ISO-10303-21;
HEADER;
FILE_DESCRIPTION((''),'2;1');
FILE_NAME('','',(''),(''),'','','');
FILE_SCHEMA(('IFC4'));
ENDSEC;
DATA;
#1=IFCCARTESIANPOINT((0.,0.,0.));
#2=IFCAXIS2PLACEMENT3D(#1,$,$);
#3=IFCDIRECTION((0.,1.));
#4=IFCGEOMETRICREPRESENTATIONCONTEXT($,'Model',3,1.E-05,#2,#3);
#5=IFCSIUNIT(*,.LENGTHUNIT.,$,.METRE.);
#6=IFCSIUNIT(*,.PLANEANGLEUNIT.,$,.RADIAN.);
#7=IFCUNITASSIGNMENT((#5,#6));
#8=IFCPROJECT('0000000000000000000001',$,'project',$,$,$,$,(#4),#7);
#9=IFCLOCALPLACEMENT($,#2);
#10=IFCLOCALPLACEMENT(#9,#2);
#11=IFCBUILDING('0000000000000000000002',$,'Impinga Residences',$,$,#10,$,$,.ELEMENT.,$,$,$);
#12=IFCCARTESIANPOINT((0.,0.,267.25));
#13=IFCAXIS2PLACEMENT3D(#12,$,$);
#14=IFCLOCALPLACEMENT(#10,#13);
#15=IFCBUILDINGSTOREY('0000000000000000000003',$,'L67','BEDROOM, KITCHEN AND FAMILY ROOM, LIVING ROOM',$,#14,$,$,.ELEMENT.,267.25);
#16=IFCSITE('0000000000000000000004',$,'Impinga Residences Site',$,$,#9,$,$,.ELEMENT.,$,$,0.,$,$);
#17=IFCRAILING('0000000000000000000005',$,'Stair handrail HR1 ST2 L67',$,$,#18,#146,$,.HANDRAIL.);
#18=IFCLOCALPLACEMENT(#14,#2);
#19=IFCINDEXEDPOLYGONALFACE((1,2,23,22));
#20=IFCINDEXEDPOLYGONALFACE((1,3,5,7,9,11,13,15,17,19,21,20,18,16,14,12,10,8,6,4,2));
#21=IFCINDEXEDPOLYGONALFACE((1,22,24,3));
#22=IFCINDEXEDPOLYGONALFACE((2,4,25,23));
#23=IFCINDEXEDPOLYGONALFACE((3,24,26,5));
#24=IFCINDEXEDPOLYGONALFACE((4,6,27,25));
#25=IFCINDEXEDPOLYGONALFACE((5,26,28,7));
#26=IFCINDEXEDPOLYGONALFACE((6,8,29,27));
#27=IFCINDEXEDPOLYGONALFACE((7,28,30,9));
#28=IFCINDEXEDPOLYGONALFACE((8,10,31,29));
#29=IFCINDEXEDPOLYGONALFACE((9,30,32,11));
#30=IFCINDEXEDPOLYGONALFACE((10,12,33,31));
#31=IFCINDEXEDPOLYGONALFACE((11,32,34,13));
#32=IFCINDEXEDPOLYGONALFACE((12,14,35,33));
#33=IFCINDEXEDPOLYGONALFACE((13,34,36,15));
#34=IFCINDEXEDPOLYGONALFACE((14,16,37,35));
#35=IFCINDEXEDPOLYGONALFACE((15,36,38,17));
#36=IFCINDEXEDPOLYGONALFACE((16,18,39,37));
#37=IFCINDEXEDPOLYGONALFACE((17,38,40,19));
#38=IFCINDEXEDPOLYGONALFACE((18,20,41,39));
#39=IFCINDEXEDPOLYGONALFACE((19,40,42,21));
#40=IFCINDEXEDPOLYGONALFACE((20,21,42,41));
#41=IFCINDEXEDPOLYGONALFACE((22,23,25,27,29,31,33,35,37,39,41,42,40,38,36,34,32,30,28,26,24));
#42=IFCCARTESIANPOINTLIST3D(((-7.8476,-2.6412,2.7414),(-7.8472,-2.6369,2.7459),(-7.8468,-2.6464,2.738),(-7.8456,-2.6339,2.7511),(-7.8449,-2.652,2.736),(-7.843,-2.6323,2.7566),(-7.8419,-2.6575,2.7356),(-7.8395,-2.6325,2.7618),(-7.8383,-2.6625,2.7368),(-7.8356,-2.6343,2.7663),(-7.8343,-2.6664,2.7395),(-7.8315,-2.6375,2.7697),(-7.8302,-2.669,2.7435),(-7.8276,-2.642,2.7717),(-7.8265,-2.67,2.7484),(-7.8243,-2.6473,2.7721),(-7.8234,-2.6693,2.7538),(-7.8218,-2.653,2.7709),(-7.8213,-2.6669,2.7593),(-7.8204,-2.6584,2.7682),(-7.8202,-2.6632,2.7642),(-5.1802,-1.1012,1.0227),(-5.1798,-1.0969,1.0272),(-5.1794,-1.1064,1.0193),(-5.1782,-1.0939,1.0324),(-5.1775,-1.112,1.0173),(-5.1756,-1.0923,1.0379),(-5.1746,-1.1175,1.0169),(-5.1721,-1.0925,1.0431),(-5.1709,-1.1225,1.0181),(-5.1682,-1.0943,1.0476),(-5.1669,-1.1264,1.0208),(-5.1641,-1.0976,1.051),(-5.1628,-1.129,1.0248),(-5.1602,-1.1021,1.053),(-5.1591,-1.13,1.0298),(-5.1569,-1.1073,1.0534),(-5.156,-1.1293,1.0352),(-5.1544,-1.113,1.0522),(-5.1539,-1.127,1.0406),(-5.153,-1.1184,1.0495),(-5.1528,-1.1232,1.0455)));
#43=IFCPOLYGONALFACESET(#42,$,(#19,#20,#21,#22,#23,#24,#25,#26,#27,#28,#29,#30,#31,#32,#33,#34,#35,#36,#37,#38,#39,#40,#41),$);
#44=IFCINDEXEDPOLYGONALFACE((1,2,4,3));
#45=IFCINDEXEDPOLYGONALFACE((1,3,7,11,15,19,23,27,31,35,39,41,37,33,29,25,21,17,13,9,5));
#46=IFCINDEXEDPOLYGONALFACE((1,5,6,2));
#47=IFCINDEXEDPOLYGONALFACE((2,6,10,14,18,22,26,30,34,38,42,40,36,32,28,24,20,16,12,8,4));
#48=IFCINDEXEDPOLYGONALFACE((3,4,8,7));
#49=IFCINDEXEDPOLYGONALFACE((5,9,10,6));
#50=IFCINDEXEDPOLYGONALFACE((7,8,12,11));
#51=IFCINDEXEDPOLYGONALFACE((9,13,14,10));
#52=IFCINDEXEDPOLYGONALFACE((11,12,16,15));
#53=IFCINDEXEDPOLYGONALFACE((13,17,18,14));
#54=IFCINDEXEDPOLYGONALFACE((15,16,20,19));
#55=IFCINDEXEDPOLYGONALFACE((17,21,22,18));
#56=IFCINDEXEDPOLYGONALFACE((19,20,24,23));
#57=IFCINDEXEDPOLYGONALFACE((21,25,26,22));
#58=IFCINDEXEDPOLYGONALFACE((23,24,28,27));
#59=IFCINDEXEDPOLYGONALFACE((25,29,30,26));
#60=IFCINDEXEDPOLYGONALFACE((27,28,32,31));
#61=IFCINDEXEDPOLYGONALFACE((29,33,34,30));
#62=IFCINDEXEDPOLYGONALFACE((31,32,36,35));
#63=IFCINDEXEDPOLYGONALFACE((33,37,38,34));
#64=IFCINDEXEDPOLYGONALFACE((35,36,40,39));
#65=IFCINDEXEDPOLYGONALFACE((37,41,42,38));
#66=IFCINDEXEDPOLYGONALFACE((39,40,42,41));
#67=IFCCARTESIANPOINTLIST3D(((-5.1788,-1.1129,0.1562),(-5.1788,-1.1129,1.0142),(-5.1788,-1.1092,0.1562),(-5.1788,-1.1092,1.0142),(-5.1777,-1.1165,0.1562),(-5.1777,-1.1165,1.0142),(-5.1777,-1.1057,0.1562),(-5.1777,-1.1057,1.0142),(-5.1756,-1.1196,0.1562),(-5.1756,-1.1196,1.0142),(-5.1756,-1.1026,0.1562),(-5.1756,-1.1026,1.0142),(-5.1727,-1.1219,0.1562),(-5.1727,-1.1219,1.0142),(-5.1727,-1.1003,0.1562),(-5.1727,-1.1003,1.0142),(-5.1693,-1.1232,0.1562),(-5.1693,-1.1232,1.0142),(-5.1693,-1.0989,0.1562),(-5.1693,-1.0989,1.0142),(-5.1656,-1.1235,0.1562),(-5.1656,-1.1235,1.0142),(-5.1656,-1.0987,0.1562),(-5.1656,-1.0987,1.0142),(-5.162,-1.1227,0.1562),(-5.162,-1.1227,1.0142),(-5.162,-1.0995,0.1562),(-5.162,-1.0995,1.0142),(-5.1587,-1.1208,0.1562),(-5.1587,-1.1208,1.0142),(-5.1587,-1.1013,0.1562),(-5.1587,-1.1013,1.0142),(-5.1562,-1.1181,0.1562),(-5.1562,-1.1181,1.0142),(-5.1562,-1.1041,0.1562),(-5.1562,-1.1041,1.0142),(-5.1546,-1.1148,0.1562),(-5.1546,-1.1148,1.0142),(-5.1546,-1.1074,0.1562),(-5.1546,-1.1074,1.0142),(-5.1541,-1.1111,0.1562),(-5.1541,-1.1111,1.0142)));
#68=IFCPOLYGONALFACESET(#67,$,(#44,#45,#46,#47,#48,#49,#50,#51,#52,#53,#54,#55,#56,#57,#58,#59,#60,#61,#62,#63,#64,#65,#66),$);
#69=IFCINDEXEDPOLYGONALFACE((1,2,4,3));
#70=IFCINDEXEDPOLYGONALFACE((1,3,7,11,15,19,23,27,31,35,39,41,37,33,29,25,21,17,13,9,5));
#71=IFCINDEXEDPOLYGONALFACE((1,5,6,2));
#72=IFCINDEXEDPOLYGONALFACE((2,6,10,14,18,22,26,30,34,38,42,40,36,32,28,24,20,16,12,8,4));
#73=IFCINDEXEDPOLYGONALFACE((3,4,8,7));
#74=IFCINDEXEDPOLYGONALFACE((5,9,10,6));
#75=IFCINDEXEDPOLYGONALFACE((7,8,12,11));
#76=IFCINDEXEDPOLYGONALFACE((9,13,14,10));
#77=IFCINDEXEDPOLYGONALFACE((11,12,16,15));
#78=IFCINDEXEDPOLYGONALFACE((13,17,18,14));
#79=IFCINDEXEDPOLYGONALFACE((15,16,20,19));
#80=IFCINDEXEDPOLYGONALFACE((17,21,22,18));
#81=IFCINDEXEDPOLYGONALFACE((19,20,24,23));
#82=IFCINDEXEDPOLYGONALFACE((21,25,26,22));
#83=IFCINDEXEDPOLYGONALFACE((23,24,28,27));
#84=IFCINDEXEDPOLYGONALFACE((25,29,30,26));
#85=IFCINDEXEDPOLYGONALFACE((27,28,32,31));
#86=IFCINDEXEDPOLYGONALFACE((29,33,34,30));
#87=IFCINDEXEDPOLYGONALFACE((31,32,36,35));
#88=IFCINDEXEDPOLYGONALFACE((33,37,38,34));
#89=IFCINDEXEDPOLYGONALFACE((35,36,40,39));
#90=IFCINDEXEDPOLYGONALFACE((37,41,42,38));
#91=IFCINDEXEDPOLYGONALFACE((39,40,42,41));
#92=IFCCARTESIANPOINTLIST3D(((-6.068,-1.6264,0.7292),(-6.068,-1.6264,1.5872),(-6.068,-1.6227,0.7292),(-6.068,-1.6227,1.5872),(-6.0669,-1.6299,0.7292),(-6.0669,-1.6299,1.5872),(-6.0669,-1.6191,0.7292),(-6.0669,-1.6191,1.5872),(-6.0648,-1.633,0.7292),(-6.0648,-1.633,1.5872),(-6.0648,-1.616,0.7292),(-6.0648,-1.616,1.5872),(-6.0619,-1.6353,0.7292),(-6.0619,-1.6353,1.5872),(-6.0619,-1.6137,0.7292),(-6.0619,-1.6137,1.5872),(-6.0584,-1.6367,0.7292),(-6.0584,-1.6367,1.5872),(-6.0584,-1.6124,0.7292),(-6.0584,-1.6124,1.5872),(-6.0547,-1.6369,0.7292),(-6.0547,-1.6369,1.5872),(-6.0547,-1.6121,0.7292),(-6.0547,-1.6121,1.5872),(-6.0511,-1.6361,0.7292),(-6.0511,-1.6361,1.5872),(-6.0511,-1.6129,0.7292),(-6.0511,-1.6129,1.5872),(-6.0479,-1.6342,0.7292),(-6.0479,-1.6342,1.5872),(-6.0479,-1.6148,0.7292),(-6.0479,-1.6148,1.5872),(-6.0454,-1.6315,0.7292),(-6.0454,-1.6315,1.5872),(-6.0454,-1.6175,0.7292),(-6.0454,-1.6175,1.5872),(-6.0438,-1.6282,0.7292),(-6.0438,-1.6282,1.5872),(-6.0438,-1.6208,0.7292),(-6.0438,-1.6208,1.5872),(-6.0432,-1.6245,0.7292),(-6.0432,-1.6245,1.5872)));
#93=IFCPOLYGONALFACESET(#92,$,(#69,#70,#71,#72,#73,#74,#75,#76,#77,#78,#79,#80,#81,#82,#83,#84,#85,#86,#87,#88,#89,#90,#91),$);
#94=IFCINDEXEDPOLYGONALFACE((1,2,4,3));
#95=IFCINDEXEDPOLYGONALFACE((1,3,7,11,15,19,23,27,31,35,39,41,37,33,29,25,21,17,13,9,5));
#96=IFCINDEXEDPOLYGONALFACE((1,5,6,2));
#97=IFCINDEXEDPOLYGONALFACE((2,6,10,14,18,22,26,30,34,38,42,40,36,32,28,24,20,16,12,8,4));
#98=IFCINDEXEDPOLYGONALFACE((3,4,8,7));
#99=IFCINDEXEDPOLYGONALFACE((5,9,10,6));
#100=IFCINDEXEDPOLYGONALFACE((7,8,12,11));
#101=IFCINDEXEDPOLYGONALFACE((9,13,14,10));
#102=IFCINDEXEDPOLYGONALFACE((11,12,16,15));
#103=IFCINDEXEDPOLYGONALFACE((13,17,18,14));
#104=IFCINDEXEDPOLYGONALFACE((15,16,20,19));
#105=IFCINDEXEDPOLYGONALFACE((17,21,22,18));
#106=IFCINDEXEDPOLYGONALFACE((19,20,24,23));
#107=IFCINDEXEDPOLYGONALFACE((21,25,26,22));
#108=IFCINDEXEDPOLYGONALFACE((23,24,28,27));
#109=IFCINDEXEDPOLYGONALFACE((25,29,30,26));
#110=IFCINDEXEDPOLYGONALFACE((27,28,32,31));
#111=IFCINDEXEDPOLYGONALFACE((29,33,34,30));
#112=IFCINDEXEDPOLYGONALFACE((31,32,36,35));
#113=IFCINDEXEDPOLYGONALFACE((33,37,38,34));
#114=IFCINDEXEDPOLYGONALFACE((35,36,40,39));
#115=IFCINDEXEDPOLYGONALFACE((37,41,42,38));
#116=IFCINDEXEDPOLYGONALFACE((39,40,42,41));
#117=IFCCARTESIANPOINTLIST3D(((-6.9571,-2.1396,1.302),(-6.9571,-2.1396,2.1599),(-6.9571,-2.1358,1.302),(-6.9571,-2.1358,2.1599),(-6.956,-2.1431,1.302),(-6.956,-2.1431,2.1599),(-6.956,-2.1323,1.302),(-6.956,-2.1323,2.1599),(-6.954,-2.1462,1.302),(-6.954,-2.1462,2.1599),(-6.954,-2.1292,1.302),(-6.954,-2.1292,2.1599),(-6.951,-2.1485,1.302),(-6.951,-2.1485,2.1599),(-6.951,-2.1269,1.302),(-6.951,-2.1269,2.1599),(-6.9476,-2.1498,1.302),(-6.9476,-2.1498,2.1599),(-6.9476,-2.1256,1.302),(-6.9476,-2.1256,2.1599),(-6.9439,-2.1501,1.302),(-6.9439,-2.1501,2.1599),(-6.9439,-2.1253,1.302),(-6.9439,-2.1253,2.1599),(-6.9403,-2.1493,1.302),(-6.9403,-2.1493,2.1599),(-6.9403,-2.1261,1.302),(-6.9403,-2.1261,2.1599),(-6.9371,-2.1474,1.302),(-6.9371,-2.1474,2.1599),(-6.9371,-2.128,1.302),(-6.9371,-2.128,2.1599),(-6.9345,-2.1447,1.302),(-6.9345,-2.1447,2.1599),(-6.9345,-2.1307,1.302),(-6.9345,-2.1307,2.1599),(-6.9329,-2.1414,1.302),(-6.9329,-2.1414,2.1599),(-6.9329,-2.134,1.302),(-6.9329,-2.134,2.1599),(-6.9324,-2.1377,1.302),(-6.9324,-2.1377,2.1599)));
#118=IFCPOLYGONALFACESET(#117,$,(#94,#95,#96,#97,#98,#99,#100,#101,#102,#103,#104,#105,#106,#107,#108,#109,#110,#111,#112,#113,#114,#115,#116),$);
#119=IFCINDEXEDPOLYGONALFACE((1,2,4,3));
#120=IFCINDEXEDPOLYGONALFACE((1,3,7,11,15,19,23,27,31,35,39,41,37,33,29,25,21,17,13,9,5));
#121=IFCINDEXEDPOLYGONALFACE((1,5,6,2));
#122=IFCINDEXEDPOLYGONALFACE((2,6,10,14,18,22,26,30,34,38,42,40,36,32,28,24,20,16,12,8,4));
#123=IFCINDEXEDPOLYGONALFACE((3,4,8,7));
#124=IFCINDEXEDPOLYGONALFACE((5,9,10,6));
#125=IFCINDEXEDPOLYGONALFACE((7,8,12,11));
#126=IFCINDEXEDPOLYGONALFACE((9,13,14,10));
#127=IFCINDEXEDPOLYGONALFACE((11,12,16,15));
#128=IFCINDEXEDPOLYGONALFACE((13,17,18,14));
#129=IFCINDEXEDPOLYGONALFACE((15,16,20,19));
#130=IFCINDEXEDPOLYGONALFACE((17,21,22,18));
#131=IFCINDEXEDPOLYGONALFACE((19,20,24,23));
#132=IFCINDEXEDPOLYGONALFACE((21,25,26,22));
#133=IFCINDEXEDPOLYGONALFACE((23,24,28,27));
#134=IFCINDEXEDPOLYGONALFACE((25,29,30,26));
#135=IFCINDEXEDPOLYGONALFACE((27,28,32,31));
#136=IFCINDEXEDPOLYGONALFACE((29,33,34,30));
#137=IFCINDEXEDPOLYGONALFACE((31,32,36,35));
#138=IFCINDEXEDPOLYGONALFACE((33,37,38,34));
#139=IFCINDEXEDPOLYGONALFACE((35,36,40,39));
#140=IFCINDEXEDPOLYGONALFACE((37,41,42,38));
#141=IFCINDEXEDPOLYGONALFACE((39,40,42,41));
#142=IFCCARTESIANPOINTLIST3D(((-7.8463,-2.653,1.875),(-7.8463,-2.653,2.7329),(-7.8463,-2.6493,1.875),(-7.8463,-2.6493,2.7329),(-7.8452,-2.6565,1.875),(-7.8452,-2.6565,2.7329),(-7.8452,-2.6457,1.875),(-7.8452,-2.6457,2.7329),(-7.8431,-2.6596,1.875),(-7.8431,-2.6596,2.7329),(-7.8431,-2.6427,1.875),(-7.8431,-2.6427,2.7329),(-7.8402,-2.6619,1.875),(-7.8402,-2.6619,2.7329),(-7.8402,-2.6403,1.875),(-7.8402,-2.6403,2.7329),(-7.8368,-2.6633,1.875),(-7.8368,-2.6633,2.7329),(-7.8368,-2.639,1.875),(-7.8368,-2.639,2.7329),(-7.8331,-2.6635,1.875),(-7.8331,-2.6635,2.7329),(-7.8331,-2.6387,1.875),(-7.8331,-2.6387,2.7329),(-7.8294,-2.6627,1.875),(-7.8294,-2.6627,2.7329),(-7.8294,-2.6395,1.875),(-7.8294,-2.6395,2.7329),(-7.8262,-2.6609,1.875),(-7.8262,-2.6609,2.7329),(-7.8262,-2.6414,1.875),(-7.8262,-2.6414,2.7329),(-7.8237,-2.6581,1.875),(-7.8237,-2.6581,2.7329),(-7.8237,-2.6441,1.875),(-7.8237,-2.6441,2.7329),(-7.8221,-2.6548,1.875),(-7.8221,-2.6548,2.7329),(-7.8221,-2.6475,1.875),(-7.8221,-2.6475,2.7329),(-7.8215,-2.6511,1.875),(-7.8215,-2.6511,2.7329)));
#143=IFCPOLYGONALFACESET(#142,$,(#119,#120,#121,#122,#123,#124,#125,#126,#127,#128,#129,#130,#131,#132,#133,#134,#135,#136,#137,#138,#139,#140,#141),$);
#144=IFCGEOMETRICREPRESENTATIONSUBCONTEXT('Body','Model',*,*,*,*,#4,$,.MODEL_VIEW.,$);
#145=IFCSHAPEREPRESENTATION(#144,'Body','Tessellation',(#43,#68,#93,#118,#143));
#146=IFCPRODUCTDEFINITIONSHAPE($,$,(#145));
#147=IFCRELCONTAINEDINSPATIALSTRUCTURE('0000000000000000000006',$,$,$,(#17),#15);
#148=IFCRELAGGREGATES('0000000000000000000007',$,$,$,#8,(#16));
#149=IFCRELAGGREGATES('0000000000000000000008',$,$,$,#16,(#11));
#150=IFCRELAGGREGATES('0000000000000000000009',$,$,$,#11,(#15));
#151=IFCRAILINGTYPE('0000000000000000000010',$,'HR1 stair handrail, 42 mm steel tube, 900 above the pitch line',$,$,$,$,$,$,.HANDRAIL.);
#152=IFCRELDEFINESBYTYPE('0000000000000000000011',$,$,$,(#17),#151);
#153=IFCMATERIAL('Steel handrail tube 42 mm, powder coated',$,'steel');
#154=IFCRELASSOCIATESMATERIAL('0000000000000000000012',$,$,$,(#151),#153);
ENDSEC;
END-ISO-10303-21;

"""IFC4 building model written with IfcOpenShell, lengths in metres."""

from ifc_helpers import new_model, si_unit, direction, frame, origin, origin_2d, place, context, subcontext, project, spatial, circle, extrude, material, type_object, element, save


model = new_model("IFC4")

# Units and contexts
model_context = context("Model", 3, precision=1e-05, world=origin(), true_north=direction((0.0, 1.0)))
body_context = subcontext(model_context, "Body", "Model", "MODEL_VIEW")
ifc_project = project(units=[si_unit("LENGTHUNIT", "METRE"), si_unit("PLANEANGLEUNIT", "RADIAN")], contexts=[model_context])

# Site, building, storey
site_placement = place(None, origin())
site = spatial("IfcSite", under=ifc_project, at=site_placement, Name="Impinga Residences Site", CompositionType="ELEMENT", RefElevation=0.0)
building_placement = place(site_placement, origin())
building = spatial("IfcBuilding", under=site, at=building_placement, Name="Impinga Residences", CompositionType="ELEMENT")
storey_placement = place(building_placement, frame((0.0, 0.0, 267.25)))
storey = spatial("IfcBuildingStorey", under=building, at=storey_placement, Name="L67", Description="BEDROOM, KITCHEN AND FAMILY ROOM, LIVING ROOM", CompositionType="ELEMENT", Elevation=267.25)

# Railing
ifc_material_1 = material(Name="Steel handrail tube 42 mm, powder coated", Category="steel")
railing_type_1 = type_object("IfcRailingType", Name="HR1 stair handrail, 42 mm steel tube, 900 above the pitch line", PredefinedType="HANDRAIL", material=ifc_material_1)
railing_1_placement = place(storey_placement, frame((-5.1665, -1.1111, 0.1562)))
element("IfcRailing", 1, at=railing_1_placement, inside=storey, type_object=railing_type_1, Name="Stair handrail HR1 ST2 L67", PredefinedType="HANDRAIL", context=body_context, shape_type="SweptSolid", body=[
    extrude(circle(Radius=0.021, at=origin_2d()), frame((0.0, 0.0, 0.8789), z_axis=(-0.756256, -0.436616, 0.487282), x_axis=(0.499992, -0.86603, 0.0)), (0.0, 0.0, 1.0), 3.5271),
    extrude(circle(Radius=0.0125, at=origin_2d()), origin(), (0.0, 0.0, 1.0), 0.8579),
    extrude(circle(Radius=0.0125, at=origin_2d()), frame((-0.8892, -0.5134, 0.573)), (0.0, 0.0, 1.0), 0.8579),
    extrude(circle(Radius=0.0125, at=origin_2d()), frame((-1.7783, -1.0266, 1.1458)), (0.0, 0.0, 1.0), 0.8579),
    extrude(circle(Radius=0.0125, at=origin_2d()), frame((-2.6675, -1.54, 1.7188)), (0.0, 0.0, 1.0), 0.8579),
])

save(model, "model.ifc")
